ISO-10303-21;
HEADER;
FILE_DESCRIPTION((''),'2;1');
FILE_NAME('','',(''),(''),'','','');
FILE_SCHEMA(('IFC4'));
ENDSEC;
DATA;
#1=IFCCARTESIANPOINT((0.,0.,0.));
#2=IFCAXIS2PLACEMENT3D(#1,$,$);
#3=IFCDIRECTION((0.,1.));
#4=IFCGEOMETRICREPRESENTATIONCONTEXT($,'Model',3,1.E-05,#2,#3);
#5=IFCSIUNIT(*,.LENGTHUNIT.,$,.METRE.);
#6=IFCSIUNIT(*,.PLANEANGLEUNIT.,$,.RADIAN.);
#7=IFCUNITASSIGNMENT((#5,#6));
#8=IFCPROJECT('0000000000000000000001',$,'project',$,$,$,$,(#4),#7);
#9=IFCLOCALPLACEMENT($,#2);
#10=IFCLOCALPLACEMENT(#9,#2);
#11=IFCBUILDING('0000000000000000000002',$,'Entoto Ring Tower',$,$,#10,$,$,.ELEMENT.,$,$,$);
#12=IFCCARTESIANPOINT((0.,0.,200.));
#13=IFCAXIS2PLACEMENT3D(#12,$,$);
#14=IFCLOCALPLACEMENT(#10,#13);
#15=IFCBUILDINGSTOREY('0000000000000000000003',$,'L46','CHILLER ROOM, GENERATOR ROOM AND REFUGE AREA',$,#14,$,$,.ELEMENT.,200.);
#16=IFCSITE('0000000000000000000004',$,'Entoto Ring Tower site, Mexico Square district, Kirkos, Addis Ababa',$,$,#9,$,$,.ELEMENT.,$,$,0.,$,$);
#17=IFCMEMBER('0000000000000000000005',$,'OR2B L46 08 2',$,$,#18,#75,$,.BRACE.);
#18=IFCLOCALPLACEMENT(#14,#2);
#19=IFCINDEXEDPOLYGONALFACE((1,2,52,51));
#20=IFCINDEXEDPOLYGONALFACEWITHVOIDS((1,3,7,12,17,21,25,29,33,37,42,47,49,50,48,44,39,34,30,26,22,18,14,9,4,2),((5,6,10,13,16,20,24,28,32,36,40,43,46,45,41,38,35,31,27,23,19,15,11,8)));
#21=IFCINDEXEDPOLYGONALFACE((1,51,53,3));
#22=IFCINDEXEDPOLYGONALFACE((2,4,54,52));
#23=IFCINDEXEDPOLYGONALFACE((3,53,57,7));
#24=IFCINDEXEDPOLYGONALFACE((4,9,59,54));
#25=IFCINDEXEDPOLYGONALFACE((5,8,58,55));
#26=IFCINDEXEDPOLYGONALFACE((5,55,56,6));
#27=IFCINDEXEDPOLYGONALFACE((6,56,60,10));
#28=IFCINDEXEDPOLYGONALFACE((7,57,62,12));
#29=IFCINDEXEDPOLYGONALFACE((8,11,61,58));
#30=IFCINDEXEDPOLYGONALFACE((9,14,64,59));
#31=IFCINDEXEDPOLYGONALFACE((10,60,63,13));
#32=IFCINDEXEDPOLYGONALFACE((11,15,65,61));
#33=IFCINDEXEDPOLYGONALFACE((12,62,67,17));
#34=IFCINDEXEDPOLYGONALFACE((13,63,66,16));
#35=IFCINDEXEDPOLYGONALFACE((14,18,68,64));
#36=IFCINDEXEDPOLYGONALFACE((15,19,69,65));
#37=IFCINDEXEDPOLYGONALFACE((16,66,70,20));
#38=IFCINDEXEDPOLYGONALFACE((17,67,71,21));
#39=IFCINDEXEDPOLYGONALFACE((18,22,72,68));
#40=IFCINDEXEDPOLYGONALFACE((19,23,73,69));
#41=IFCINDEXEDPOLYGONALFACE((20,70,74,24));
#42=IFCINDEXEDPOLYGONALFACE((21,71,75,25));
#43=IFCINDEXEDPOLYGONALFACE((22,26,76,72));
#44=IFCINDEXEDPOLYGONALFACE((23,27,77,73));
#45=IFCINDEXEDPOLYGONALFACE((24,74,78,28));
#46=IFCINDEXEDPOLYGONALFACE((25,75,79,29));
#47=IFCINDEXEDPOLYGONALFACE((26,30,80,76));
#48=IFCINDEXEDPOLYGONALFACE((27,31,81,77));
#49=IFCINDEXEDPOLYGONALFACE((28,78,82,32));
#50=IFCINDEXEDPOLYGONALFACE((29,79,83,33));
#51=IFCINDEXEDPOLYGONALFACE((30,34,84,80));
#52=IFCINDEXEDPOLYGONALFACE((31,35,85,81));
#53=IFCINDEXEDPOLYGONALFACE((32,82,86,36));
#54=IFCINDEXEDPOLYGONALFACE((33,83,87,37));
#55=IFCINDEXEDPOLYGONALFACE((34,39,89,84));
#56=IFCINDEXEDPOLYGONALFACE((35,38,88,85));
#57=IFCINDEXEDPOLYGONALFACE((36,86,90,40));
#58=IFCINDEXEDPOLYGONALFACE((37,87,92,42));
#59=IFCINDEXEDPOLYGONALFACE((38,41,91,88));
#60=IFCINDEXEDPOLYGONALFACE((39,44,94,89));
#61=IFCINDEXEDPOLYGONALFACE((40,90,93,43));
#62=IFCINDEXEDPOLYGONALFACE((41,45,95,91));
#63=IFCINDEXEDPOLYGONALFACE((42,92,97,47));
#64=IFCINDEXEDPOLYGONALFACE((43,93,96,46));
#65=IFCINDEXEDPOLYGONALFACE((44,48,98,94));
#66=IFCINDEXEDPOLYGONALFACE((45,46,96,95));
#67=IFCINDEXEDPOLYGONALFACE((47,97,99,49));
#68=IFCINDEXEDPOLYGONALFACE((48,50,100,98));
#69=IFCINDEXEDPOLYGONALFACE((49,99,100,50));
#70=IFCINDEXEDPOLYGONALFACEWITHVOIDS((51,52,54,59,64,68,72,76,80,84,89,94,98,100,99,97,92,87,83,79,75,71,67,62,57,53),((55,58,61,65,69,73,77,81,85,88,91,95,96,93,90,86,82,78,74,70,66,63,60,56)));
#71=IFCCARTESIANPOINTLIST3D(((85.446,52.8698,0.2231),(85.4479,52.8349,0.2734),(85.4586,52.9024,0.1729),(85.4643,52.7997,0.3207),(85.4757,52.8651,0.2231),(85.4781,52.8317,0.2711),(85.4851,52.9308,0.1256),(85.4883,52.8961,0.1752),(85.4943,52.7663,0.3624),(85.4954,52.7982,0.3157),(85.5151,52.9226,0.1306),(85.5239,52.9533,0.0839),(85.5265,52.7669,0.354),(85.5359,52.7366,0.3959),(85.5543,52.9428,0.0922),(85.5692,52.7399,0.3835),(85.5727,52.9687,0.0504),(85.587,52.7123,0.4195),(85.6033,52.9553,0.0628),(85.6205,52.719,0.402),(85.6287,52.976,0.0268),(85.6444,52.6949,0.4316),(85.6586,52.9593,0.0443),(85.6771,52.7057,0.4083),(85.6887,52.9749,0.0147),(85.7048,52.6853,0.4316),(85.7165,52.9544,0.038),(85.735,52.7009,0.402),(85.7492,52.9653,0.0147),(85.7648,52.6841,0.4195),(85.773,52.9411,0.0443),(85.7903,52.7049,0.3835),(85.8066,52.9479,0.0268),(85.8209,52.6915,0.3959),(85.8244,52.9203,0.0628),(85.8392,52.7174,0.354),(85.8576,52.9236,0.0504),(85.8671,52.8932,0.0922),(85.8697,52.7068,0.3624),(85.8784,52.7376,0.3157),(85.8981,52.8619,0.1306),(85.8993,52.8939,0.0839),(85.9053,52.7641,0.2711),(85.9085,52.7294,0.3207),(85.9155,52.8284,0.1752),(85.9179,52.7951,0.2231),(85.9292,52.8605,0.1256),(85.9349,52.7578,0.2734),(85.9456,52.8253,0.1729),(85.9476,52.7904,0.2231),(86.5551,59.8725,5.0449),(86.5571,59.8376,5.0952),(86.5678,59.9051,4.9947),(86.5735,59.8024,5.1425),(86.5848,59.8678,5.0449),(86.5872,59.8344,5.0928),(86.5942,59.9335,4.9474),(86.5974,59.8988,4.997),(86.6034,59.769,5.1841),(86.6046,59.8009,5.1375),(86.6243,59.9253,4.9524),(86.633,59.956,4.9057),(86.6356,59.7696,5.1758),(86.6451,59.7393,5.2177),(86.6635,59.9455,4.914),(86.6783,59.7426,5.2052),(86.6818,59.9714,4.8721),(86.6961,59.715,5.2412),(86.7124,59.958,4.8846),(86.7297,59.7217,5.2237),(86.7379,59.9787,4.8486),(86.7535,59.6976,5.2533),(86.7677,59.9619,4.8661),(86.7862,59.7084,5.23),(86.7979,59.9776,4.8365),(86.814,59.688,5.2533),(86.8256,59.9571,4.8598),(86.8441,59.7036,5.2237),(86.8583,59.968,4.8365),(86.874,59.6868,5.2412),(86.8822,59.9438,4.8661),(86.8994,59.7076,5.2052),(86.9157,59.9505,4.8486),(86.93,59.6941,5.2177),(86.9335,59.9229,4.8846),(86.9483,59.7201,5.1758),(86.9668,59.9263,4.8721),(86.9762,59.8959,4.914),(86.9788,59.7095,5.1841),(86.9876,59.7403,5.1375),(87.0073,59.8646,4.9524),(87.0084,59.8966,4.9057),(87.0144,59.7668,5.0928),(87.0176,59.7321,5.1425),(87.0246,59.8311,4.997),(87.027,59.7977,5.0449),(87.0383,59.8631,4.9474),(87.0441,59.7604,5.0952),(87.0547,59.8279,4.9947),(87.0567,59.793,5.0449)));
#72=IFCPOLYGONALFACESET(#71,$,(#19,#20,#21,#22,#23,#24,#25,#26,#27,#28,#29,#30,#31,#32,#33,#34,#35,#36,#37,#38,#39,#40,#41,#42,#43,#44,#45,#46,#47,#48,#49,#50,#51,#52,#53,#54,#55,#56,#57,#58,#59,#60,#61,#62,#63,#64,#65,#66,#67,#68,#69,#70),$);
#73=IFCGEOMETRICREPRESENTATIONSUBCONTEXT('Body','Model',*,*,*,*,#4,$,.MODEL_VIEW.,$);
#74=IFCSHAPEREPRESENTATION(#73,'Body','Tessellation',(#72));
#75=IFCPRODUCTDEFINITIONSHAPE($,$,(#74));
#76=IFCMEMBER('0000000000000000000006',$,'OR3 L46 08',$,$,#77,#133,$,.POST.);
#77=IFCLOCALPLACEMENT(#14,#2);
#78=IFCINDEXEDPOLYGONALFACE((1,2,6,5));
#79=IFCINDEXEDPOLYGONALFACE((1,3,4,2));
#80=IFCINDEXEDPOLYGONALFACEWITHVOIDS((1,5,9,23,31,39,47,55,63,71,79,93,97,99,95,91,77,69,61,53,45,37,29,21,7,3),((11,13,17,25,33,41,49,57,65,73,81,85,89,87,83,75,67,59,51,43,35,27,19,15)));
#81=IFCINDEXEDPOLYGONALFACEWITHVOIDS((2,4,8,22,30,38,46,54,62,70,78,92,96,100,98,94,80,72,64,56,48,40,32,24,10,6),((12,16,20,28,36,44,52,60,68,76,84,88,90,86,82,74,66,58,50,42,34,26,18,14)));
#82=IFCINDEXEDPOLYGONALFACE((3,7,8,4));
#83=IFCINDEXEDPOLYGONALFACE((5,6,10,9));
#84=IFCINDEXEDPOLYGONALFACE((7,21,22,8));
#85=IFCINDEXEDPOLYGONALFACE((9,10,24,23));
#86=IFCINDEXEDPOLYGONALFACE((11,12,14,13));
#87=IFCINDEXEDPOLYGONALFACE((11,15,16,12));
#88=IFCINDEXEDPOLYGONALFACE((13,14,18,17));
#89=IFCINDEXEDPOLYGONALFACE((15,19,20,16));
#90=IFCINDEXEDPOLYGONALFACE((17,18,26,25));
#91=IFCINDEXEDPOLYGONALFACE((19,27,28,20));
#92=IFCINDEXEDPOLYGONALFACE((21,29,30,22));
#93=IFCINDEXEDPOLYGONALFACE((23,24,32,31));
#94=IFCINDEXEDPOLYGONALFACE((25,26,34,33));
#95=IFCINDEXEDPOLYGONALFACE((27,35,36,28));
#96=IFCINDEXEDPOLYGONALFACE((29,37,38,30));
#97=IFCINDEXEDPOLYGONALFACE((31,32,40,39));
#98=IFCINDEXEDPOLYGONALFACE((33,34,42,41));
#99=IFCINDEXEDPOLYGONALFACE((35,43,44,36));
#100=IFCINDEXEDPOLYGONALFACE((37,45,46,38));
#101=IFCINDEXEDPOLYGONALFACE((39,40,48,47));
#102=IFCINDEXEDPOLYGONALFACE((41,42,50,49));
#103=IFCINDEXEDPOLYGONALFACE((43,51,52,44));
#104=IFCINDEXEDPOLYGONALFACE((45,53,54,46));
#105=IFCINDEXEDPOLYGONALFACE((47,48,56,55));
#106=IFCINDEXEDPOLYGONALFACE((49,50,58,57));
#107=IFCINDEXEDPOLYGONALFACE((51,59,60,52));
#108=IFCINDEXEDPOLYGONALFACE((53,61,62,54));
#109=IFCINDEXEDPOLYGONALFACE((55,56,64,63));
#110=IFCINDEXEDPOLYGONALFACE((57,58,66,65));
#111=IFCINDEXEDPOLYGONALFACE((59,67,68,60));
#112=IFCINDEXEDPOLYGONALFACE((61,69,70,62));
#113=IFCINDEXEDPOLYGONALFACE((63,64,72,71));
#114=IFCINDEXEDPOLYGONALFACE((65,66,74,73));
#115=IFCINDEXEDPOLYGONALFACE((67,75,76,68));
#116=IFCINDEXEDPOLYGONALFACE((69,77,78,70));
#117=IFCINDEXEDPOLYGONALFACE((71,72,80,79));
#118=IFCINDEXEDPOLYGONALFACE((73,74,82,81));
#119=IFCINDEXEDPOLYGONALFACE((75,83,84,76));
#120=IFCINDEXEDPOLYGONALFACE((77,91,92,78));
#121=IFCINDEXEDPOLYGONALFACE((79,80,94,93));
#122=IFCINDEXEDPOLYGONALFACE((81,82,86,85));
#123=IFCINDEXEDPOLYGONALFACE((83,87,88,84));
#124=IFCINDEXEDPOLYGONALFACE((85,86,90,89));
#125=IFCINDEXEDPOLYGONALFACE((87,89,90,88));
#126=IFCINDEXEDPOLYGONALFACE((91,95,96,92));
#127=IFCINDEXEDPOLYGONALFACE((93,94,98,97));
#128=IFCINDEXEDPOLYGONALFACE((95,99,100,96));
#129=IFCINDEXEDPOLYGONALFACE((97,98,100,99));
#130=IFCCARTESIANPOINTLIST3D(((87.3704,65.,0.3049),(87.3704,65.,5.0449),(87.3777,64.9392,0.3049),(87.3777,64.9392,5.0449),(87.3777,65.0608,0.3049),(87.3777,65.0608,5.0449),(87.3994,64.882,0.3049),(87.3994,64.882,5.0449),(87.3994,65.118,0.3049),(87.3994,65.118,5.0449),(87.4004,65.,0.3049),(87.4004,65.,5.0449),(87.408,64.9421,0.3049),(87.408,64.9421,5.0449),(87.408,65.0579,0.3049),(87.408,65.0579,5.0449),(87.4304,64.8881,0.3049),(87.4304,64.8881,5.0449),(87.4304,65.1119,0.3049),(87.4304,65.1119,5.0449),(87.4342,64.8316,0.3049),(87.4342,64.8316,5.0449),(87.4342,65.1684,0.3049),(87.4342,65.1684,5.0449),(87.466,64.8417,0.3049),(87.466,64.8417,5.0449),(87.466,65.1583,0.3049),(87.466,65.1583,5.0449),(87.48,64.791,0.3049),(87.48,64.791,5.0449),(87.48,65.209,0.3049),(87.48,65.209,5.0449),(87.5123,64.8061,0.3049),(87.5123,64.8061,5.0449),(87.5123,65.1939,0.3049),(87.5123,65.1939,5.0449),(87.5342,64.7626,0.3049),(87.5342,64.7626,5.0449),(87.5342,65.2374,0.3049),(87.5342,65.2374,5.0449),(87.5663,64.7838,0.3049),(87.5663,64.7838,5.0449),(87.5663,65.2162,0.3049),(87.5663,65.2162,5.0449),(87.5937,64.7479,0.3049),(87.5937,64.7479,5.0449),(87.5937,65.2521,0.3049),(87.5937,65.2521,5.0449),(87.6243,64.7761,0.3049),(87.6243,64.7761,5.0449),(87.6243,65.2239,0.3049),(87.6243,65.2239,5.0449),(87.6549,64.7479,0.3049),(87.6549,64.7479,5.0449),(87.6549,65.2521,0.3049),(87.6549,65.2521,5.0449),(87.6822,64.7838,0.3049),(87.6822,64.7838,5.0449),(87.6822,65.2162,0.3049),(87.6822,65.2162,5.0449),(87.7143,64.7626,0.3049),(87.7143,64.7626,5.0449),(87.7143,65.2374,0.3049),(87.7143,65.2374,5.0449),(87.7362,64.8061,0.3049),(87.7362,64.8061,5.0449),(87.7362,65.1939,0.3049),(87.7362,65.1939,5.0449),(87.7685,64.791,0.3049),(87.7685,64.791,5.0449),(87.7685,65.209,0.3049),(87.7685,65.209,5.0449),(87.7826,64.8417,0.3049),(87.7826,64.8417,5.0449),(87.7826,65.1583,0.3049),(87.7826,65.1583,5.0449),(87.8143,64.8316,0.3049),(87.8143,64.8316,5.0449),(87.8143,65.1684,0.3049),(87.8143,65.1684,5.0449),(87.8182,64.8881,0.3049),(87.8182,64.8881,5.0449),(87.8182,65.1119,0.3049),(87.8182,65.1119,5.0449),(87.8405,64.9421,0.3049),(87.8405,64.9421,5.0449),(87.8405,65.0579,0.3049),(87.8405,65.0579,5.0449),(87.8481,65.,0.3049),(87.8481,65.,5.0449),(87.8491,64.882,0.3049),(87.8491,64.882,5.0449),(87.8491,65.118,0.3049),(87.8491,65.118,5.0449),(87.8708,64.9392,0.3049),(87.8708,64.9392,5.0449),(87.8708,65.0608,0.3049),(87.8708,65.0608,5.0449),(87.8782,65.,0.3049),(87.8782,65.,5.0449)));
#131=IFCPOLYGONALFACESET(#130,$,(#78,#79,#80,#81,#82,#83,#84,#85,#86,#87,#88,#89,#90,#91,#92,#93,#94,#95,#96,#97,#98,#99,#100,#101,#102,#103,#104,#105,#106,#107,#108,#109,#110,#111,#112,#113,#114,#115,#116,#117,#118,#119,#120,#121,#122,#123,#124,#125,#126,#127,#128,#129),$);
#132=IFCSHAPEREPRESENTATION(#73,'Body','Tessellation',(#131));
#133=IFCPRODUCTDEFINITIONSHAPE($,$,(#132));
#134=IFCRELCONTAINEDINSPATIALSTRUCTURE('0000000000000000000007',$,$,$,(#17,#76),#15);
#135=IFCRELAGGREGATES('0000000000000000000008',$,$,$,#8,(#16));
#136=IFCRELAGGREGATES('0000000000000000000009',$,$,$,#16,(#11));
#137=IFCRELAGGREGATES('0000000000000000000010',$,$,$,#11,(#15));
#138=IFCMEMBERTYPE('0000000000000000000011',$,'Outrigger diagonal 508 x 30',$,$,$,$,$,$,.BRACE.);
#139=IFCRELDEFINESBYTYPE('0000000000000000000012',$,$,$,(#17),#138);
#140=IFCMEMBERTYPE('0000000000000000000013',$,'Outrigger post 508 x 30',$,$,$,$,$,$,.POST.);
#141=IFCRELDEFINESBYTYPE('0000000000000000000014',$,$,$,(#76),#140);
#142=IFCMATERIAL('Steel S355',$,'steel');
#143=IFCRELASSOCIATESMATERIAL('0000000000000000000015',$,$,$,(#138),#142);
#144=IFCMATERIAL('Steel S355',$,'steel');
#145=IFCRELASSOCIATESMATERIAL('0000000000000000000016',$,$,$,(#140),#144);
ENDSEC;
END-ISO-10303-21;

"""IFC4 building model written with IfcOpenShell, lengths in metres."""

from ifc_helpers import new_model, si_unit, direction, frame, origin, origin_2d, place, context, subcontext, project, spatial, circle, hollow_circle, extrude, material, material_profile, profile_set, type_object, element, save


model = new_model("IFC4")

# Units and contexts
model_context = context("Model", 3, precision=1e-05, world=origin(), true_north=direction((0.0, 1.0)))
body_context = subcontext(model_context, "Body", "Model", "MODEL_VIEW")
ifc_project = project(units=[si_unit("LENGTHUNIT", "METRE"), si_unit("PLANEANGLEUNIT", "RADIAN")], contexts=[model_context])

# Site, building, storey
site_placement = place(None, origin())
site = spatial("IfcSite", under=ifc_project, at=site_placement, Name="Entoto Ring Tower site, Mexico Square district, Kirkos, Addis Ababa", CompositionType="ELEMENT", RefElevation=0.0)
building_placement = place(site_placement, origin())
building = spatial("IfcBuilding", under=site, at=building_placement, Name="Entoto Ring Tower", CompositionType="ELEMENT")
storey_placement = place(building_placement, frame((0.0, 0.0, 200.0)))
storey = spatial("IfcBuildingStorey", under=building, at=storey_placement, Name="L46", Description="CHILLER ROOM, GENERATOR ROOM AND REFUGE AREA", CompositionType="ELEMENT", Elevation=200.0)

# Members
ifc_material_1 = material(Name="Steel S355", Category="steel")
ifc_material_profile_1 = material_profile(ifc_material_1, hollow_circle(Radius=0.2539, WallThickness=0.03, at=origin_2d()), Name="CHS 508 x 30")
ifc_material_2 = material(Name="Concrete C60/75", Category="concrete")
ifc_material_profile_2 = material_profile(ifc_material_2, circle(Radius=0.2241, at=origin_2d()), Name="Concrete C60/75 infill")
ifc_profile_set_1 = profile_set([ifc_material_profile_1, ifc_material_profile_2], Name="Steel S355")
member_type_1 = type_object("IfcMemberType", Name="Outrigger diagonal 508 x 30", PredefinedType="BRACE", material=ifc_profile_set_1)
member_1_placement = place(storey_placement, frame((86.8059, 59.8328, 5.0449), z_axis=(-0.129356, -0.816714, -0.562357), x_axis=(0.987688, -0.156436, 0.0)))
element("IfcMember", 1, at=member_1_placement, inside=storey, type_object=member_type_1, Name="OR2B L46 08 2", PredefinedType="BRACE", context=body_context, shape_type="SweptSolid", body=[
    extrude(hollow_circle(Radius=0.2539, WallThickness=0.03, at=origin_2d()), origin(), (0.0, 0.0, 1.0), 8.5742),
])
ifc_material_3 = material(Name="Steel S355", Category="steel")
ifc_material_profile_3 = material_profile(ifc_material_3, hollow_circle(Radius=0.2539, WallThickness=0.03, at=origin_2d()), Name="CHS 508 x 30")
ifc_material_4 = material(Name="Concrete C60/75", Category="concrete")
ifc_material_profile_4 = material_profile(ifc_material_4, circle(Radius=0.2241, at=origin_2d()), Name="Concrete C60/75 infill")
ifc_profile_set_2 = profile_set([ifc_material_profile_3, ifc_material_profile_4], Name="Steel S355")
member_type_2 = type_object("IfcMemberType", Name="Outrigger post 508 x 30", PredefinedType="POST", material=ifc_profile_set_2)
member_2_placement = place(storey_placement, frame((87.6243, 65.0, 0.3049), z_axis=(0.0, 0.0, 1.0), x_axis=(1.0, 0.0, 0.0)))
element("IfcMember", 2, at=member_2_placement, inside=storey, type_object=member_type_2, Name="OR3 L46 08", PredefinedType="POST", context=body_context, shape_type="SweptSolid", body=[
    extrude(hollow_circle(Radius=0.2539, WallThickness=0.03, at=origin_2d()), origin(), (0.0, 0.0, 1.0), 4.74),
])

save(model, "model.ifc")
